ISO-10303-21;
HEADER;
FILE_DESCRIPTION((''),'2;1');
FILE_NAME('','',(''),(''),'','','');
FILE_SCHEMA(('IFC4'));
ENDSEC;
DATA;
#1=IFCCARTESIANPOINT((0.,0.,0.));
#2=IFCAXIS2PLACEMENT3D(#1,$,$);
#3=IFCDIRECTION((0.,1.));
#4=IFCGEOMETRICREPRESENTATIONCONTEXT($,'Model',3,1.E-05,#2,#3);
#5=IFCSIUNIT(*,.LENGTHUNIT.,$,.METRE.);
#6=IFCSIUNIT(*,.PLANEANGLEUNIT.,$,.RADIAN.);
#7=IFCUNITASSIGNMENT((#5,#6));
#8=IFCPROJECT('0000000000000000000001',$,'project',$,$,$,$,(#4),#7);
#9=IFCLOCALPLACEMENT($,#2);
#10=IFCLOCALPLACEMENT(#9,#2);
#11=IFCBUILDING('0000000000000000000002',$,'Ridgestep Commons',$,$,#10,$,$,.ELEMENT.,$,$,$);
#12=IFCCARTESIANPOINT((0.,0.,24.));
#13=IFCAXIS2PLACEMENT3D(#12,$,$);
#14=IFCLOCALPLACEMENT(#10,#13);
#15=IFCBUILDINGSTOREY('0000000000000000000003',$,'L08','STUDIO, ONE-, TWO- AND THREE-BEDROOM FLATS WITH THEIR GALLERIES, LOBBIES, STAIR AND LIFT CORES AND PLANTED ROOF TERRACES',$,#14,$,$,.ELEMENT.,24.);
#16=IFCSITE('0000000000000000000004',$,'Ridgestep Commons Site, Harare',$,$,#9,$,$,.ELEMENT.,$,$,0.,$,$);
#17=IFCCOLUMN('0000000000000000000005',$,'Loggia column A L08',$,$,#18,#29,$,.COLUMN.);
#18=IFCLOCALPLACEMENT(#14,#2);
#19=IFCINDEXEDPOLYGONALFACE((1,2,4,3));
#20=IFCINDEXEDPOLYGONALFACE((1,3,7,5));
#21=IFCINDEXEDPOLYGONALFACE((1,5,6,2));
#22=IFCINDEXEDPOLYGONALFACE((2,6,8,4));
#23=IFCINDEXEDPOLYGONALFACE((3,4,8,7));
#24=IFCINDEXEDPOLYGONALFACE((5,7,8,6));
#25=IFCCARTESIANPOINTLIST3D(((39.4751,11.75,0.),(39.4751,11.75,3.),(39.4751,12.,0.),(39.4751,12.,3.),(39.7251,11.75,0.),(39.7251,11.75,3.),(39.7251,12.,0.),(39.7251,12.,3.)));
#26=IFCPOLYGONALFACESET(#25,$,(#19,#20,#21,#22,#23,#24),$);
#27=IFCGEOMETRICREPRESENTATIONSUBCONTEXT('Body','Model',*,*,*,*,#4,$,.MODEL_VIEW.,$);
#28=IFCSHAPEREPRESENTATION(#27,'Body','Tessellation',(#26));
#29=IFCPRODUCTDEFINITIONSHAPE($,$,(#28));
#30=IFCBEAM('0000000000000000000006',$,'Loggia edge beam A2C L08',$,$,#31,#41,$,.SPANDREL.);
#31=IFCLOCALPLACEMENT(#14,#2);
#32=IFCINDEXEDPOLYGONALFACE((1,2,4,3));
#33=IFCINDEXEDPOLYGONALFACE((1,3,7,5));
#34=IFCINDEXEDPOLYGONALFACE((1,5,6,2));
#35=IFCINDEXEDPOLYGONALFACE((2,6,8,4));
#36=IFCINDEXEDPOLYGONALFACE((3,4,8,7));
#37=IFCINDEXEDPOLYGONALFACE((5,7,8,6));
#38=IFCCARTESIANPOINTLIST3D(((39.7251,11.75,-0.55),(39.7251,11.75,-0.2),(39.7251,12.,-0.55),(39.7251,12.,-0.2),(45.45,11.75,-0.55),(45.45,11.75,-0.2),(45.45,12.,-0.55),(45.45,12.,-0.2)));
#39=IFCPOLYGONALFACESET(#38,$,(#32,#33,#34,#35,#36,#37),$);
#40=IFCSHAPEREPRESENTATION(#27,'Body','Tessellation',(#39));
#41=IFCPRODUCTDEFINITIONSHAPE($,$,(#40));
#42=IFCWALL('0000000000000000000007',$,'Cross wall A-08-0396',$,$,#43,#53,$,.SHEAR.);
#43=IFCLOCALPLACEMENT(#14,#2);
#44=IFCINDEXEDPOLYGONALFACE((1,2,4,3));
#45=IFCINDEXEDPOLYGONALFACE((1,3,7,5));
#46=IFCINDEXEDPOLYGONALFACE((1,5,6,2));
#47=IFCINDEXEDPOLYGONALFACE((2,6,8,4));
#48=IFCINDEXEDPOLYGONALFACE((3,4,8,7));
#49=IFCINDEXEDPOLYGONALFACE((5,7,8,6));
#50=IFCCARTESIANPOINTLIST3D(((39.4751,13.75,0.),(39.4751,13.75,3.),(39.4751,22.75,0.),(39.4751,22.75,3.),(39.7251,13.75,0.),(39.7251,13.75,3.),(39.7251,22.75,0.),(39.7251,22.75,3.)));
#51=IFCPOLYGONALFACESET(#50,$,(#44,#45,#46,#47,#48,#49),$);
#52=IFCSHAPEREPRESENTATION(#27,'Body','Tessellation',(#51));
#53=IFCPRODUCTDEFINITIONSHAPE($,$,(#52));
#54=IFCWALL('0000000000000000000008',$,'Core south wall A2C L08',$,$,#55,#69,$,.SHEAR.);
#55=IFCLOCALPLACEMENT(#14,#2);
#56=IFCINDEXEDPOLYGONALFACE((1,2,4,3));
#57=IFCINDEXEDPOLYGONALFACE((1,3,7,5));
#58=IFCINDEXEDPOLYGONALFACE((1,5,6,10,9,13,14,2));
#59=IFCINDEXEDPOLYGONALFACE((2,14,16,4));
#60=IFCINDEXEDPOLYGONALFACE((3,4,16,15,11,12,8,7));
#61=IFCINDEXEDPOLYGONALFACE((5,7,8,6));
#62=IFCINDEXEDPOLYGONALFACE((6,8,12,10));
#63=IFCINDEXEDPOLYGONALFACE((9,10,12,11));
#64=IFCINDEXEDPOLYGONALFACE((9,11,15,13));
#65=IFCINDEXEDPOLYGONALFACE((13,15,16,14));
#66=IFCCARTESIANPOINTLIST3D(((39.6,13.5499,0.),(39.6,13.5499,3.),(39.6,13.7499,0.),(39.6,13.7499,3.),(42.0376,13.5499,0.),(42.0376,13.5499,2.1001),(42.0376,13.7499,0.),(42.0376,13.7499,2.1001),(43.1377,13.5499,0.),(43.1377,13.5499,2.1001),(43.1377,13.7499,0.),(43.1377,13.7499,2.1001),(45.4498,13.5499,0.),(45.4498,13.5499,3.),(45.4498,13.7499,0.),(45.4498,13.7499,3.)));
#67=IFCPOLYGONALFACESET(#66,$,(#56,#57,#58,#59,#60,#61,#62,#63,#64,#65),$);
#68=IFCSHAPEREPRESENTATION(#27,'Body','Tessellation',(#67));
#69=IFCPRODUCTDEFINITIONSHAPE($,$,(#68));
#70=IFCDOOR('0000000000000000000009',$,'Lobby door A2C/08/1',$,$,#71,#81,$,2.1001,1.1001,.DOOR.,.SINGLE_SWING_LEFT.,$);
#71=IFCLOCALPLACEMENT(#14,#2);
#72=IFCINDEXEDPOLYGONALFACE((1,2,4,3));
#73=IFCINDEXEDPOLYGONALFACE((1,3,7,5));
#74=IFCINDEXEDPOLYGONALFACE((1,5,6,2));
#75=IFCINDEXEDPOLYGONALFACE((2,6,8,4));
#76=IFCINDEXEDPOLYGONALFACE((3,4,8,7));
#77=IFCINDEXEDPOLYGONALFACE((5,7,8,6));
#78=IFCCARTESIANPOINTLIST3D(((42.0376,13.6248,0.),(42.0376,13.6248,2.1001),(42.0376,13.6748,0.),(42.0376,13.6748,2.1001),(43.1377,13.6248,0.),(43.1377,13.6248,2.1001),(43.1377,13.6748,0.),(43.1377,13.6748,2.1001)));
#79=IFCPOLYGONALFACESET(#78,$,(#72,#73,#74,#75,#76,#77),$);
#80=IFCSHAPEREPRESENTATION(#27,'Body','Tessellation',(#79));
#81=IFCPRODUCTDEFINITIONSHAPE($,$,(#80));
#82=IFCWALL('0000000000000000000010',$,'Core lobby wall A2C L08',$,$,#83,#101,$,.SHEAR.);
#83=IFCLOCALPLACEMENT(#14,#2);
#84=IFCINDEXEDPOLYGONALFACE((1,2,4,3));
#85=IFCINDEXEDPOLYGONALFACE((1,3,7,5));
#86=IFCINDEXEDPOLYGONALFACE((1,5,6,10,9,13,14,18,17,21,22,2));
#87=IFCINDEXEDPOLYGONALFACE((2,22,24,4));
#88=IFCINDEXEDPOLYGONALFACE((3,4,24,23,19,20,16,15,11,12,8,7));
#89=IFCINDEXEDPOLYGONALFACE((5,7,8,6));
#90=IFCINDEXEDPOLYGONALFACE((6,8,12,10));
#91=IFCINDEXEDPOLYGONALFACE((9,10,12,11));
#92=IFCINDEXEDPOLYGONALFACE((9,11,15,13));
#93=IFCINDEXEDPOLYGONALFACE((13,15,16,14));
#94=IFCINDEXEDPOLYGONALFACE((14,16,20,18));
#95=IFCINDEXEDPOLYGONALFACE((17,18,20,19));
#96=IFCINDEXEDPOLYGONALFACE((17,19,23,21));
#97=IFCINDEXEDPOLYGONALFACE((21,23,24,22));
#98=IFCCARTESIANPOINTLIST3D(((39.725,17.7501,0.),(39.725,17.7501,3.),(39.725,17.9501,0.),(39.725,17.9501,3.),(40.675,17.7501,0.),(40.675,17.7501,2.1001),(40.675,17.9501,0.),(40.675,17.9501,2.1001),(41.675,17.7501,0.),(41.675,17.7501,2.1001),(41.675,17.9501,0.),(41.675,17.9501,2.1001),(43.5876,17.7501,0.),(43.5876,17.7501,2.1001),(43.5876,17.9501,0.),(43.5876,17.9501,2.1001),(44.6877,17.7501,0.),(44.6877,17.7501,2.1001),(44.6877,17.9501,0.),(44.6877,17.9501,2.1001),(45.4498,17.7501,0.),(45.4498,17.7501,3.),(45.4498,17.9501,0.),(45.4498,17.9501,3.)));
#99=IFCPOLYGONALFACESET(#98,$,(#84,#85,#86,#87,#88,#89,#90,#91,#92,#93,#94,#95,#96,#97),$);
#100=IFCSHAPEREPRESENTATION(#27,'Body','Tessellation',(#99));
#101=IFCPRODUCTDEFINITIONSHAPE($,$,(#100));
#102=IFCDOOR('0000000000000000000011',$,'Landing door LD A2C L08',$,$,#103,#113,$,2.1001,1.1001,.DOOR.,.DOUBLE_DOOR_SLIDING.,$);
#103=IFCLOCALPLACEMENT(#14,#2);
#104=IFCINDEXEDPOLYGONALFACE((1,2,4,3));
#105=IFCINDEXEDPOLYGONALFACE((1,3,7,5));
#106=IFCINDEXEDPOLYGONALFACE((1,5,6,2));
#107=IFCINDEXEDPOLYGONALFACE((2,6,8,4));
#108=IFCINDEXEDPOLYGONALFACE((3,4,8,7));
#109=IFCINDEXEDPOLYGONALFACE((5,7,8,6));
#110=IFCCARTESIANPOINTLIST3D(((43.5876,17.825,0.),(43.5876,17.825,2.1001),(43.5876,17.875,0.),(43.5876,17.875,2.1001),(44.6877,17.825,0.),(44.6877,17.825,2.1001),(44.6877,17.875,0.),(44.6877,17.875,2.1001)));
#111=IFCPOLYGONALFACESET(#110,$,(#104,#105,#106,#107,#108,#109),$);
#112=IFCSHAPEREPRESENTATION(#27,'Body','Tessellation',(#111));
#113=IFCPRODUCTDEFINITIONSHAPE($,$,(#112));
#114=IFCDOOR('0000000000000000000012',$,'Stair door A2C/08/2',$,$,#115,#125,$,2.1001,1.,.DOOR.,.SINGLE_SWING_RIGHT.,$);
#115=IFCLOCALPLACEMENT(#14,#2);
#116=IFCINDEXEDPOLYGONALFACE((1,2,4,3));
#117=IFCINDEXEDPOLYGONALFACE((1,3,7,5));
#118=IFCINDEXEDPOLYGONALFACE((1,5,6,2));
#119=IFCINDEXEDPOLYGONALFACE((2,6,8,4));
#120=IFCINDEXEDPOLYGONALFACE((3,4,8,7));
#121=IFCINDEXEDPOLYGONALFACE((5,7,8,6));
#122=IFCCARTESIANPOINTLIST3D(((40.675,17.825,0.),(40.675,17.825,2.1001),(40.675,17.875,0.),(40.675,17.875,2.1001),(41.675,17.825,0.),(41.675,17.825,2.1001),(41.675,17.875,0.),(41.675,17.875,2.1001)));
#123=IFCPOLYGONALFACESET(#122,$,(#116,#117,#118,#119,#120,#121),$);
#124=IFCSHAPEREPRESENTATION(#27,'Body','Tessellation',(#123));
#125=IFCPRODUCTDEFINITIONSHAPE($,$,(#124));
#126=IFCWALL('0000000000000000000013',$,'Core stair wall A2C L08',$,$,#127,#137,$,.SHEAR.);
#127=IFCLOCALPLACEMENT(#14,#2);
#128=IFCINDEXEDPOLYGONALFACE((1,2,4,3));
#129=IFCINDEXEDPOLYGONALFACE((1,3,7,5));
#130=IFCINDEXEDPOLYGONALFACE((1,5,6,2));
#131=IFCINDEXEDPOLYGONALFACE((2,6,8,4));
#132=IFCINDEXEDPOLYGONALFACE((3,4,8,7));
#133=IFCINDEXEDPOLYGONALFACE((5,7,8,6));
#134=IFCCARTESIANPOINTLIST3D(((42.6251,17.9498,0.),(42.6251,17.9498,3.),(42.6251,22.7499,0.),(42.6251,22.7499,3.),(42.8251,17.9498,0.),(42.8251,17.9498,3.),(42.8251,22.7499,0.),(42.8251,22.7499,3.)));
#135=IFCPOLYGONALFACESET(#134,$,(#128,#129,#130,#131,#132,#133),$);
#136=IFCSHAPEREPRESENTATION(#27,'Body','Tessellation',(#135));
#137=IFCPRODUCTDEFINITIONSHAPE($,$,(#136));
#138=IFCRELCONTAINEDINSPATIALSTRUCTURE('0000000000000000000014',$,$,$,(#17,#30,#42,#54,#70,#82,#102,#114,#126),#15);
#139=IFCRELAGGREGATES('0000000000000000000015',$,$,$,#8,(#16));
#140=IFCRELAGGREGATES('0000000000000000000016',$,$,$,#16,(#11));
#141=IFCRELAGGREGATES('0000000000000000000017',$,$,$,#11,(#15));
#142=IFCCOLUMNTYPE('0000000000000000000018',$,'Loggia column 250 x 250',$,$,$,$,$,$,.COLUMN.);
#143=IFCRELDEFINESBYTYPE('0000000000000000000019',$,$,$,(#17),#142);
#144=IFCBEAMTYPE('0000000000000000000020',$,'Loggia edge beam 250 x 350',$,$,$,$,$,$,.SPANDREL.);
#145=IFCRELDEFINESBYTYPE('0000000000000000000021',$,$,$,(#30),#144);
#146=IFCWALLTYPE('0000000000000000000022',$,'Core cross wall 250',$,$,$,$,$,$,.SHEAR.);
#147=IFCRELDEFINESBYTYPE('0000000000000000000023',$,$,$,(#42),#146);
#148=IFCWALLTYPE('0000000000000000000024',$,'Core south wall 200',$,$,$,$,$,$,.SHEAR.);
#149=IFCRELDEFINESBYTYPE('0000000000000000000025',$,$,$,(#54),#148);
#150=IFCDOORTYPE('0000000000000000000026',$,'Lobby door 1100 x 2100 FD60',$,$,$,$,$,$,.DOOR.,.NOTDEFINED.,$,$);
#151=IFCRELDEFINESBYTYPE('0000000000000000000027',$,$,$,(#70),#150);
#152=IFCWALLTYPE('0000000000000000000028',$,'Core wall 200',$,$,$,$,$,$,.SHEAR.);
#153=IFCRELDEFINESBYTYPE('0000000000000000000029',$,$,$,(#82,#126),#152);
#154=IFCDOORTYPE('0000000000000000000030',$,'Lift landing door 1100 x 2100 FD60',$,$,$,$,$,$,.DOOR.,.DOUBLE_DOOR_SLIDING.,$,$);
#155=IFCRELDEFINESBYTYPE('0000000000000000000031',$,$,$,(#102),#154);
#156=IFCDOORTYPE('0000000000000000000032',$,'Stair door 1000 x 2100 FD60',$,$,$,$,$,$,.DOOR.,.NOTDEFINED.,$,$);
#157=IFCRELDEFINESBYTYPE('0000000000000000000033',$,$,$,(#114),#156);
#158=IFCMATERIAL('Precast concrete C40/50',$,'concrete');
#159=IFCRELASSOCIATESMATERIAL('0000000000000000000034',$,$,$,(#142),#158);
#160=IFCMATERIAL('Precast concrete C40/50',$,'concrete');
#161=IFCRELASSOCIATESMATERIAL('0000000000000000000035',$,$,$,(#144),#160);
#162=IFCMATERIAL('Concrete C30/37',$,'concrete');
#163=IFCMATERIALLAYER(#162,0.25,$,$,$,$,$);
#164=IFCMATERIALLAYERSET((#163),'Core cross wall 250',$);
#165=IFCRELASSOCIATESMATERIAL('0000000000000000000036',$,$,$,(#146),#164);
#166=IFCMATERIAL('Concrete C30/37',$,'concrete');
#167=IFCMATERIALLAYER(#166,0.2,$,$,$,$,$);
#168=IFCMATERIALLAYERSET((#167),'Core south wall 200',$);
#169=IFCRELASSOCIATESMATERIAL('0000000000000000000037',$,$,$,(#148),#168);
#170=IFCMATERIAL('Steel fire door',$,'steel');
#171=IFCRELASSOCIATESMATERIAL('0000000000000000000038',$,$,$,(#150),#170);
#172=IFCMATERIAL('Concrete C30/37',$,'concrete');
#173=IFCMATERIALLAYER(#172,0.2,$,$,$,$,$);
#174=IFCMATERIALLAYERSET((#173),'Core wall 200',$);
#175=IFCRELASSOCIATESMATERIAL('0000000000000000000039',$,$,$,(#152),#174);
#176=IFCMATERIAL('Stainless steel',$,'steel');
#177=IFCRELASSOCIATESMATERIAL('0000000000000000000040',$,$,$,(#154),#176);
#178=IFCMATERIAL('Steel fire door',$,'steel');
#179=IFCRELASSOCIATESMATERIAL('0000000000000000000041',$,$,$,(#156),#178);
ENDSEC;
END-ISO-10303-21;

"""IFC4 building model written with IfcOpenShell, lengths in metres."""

from ifc_helpers import new_model, si_unit, direction, frame, frame_2d, origin, origin_2d, place, context, subcontext, project, spatial, rectangle, extrude, material, layer, layer_set, material_profile, profile_set, type_object, element, fill, save


model = new_model("IFC4")

# Units and contexts
model_context = context("Model", 3, precision=1e-05, world=origin(), true_north=direction((0.0, 1.0)))
body_context = subcontext(model_context, "Body", "Model", "MODEL_VIEW")
ifc_project = project(units=[si_unit("LENGTHUNIT", "METRE"), si_unit("PLANEANGLEUNIT", "RADIAN")], contexts=[model_context])

# Site, building, storey
site_placement = place(None, origin())
site = spatial("IfcSite", under=ifc_project, at=site_placement, Name="Ridgestep Commons Site, Harare", CompositionType="ELEMENT", RefElevation=0.0)
building_placement = place(site_placement, origin())
building = spatial("IfcBuilding", under=site, at=building_placement, Name="Ridgestep Commons", CompositionType="ELEMENT")
storey_placement = place(building_placement, frame((0.0, 0.0, 24.0)))
storey = spatial("IfcBuildingStorey", under=building, at=storey_placement, Name="L08", Description="STUDIO, ONE-, TWO- AND THREE-BEDROOM FLATS WITH THEIR GALLERIES, LOBBIES, STAIR AND LIFT CORES AND PLANTED ROOF TERRACES", CompositionType="ELEMENT", Elevation=24.0)

# Column
ifc_material_1 = material(Name="Precast concrete C40/50", Category="concrete")
ifc_material_profile_1 = material_profile(ifc_material_1, rectangle(XDim=0.25, YDim=0.25, at=origin_2d()), Name="PC 250x250")
ifc_profile_set_1 = profile_set([ifc_material_profile_1], Name="Precast concrete C40/50")
column_type = type_object("IfcColumnType", Name="Loggia column 250 x 250", PredefinedType="COLUMN", material=ifc_profile_set_1)
column_placement = place(storey_placement, frame((39.6001, 11.875, 0.0), z_axis=(0.0, 0.0, 1.0), x_axis=(1.0, 0.0, 0.0)))
element("IfcColumn", 1, at=column_placement, inside=storey, type_object=column_type, Name="Loggia column A L08", PredefinedType="COLUMN", context=body_context, shape_type="SweptSolid", body=[
    extrude(rectangle(XDim=0.25, YDim=0.25, at=origin_2d()), origin(), (0.0, 0.0, 1.0), 3.0),
])

# Beam
ifc_material_2 = material(Name="Precast concrete C40/50", Category="concrete")
ifc_material_profile_2 = material_profile(ifc_material_2, rectangle(XDim=0.25, YDim=0.3501, at=origin_2d()), Name="PC 250x350")
ifc_profile_set_2 = profile_set([ifc_material_profile_2], Name="Precast concrete C40/50")
beam_type = type_object("IfcBeamType", Name="Loggia edge beam 250 x 350", PredefinedType="SPANDREL", material=ifc_profile_set_2)
beam_placement = place(storey_placement, frame((39.7251, 11.875, -0.375), z_axis=(1.0, 0.0, 0.0), x_axis=(0.0, 1.0, 0.0)))
element("IfcBeam", 2, at=beam_placement, inside=storey, type_object=beam_type, Name="Loggia edge beam A2C L08", PredefinedType="SPANDREL", context=body_context, shape_type="SweptSolid", body=[
    extrude(rectangle(XDim=0.25, YDim=0.3501, at=origin_2d()), origin(), (0.0, 0.0, 1.0), 5.7249),
])

# Wall
ifc_material_3 = material(Name="Concrete C30/37", Category="concrete")
ifc_layer_1 = layer(ifc_material_3, 0.25)
ifc_layer_set_1 = layer_set([ifc_layer_1], Name="Core cross wall 250")
wall_type_1 = type_object("IfcWallType", Name="Core cross wall 250", PredefinedType="SHEAR", material=ifc_layer_set_1)
wall_1_placement = place(storey_placement, frame((39.6001, 13.75, 0.0), z_axis=(0.0, 0.0, 1.0), x_axis=(0.0, 1.0, 0.0)))
element("IfcWall", 3, at=wall_1_placement, inside=storey, type_object=wall_type_1, Name="Cross wall A-08-0396", PredefinedType="SHEAR", context=body_context, shape_type="SweptSolid", body=[
    extrude(rectangle(XDim=9.0, YDim=0.25, at=frame_2d((4.5, 0.0))), origin(), (0.0, 0.0, 1.0), 3.0),
])

# Wall, opening, door
ifc_material_4 = material(Name="Concrete C30/37", Category="concrete")
ifc_layer_2 = layer(ifc_material_4, 0.2)
ifc_layer_set_2 = layer_set([ifc_layer_2], Name="Core south wall 200")
wall_type_2 = type_object("IfcWallType", Name="Core south wall 200", PredefinedType="SHEAR", material=ifc_layer_set_2)
wall_2_placement = place(storey_placement, frame((39.6001, 13.6499, 0.0), z_axis=(0.0, 0.0, 1.0), x_axis=(1.0, 0.0, 0.0)))
wall_2 = element("IfcWall", 4, at=wall_2_placement, inside=storey, type_object=wall_type_2, Name="Core south wall A2C L08", PredefinedType="SHEAR", context=body_context, shape_type="SweptSolid", body=[
    extrude(rectangle(XDim=5.8499, YDim=0.2, at=frame_2d((2.9248, 0.0))), origin(), (0.0, 0.0, 1.0), 3.0),
])
opening_1_placement = place(wall_2_placement, frame((2.4375, 0.0, 0.0)))
opening_1 = element("IfcOpeningElement", 5, at=opening_1_placement, cuts=wall_2, PredefinedType="OPENING", context=body_context, shape_type="SweptSolid", body=[
    extrude(rectangle(XDim=1.1001, YDim=2.1001, at=frame_2d((0.55, 1.05))), frame((0.0, 0.1099, 0.0), z_axis=(0.0, -1.0, 0.0), x_axis=(1.0, 0.0, 0.0)), (0.0, 0.0, 1.0), 0.22),
])
ifc_material_5 = material(Name="Steel fire door", Category="steel")
door_type_1 = type_object("IfcDoorType", Name="Lobby door 1100 x 2100 FD60", OperationType="NOTDEFINED", PredefinedType="DOOR", material=ifc_material_5)
door_1_placement = place(opening_1_placement, origin())
door_1 = element("IfcDoor", 6, at=door_1_placement, inside=storey, type_object=door_type_1, Name="Lobby door A2C/08/1", OperationType="SINGLE_SWING_LEFT", OverallHeight=2.1001, OverallWidth=1.1001, PredefinedType="DOOR", context=body_context, shape_type="SweptSolid", body=[
    extrude(rectangle(XDim=1.1001, YDim=2.1001, at=frame_2d((0.55, 1.05))), frame((0.0, 0.0249, 0.0), z_axis=(0.0, -1.0, 0.0), x_axis=(1.0, 0.0, 0.0)), (0.0, 0.0, 1.0), 0.05),
])
fill(opening_1, door_1)

# Wall, openings, doors
ifc_material_6 = material(Name="Concrete C30/37", Category="concrete")
ifc_layer_3 = layer(ifc_material_6, 0.2)
ifc_layer_set_3 = layer_set([ifc_layer_3], Name="Core wall 200")
wall_type_3 = type_object("IfcWallType", Name="Core wall 200", PredefinedType="SHEAR", material=ifc_layer_set_3)
wall_3_placement = place(storey_placement, frame((39.7251, 17.8501, 0.0), z_axis=(0.0, 0.0, 1.0), x_axis=(1.0, 0.0, 0.0)))
wall_3 = element("IfcWall", 7, at=wall_3_placement, inside=storey, type_object=wall_type_3, Name="Core lobby wall A2C L08", PredefinedType="SHEAR", context=body_context, shape_type="SweptSolid", body=[
    extrude(rectangle(XDim=5.7249, YDim=0.2, at=frame_2d((2.8623, 0.0))), origin(), (0.0, 0.0, 1.0), 3.0),
])
opening_2_placement = place(wall_3_placement, frame((0.95, 0.0, 0.0)))
opening_2 = element("IfcOpeningElement", 8, at=opening_2_placement, cuts=wall_3, PredefinedType="OPENING", context=body_context, shape_type="SweptSolid", body=[
    extrude(rectangle(XDim=1.0, YDim=2.1001, at=frame_2d((0.5, 1.05))), frame((0.0, 0.1099, 0.0), z_axis=(0.0, -1.0, 0.0), x_axis=(1.0, 0.0, 0.0)), (0.0, 0.0, 1.0), 0.22),
])
opening_3_placement = place(wall_3_placement, frame((3.8625, 0.0, 0.0)))
opening_3 = element("IfcOpeningElement", 9, at=opening_3_placement, cuts=wall_3, PredefinedType="OPENING", context=body_context, shape_type="SweptSolid", body=[
    extrude(rectangle(XDim=1.1001, YDim=2.1001, at=frame_2d((0.55, 1.05))), frame((0.0, 0.1099, 0.0), z_axis=(0.0, -1.0, 0.0), x_axis=(1.0, 0.0, 0.0)), (0.0, 0.0, 1.0), 0.22),
])
ifc_material_7 = material(Name="Stainless steel", Category="steel")
door_type_2 = type_object("IfcDoorType", Name="Lift landing door 1100 x 2100 FD60", OperationType="DOUBLE_DOOR_SLIDING", PredefinedType="DOOR", material=ifc_material_7)
door_2_placement = place(opening_3_placement, origin())
door_2 = element("IfcDoor", 10, at=door_2_placement, inside=storey, type_object=door_type_2, Name="Landing door LD A2C L08", OperationType="DOUBLE_DOOR_SLIDING", OverallHeight=2.1001, OverallWidth=1.1001, PredefinedType="DOOR", context=body_context, shape_type="SweptSolid", body=[
    extrude(rectangle(XDim=1.1001, YDim=2.1001, at=frame_2d((0.55, 1.05))), frame((0.0, 0.0249, 0.0), z_axis=(0.0, -1.0, 0.0), x_axis=(1.0, 0.0, 0.0)), (0.0, 0.0, 1.0), 0.05),
])
fill(opening_3, door_2)
ifc_material_8 = material(Name="Steel fire door", Category="steel")
door_type_3 = type_object("IfcDoorType", Name="Stair door 1000 x 2100 FD60", OperationType="NOTDEFINED", PredefinedType="DOOR", material=ifc_material_8)
door_3_placement = place(opening_2_placement, origin())
door_3 = element("IfcDoor", 11, at=door_3_placement, inside=storey, type_object=door_type_3, Name="Stair door A2C/08/2", OperationType="SINGLE_SWING_RIGHT", OverallHeight=2.1001, OverallWidth=1.0, PredefinedType="DOOR", context=body_context, shape_type="SweptSolid", body=[
    extrude(rectangle(XDim=1.0, YDim=2.1001, at=frame_2d((0.5, 1.05))), frame((0.0, 0.0249, 0.0), z_axis=(0.0, -1.0, 0.0), x_axis=(1.0, 0.0, 0.0)), (0.0, 0.0, 1.0), 0.05),
])
fill(opening_2, door_3)

# Wall
wall_4_placement = place(storey_placement, frame((42.7251, 17.95, 0.0), z_axis=(0.0, 0.0, 1.0), x_axis=(0.0, 1.0, 0.0)))
element("IfcWall", 12, at=wall_4_placement, inside=storey, type_object=wall_type_3, Name="Core stair wall A2C L08", PredefinedType="SHEAR", context=body_context, shape_type="SweptSolid", body=[
    extrude(rectangle(XDim=4.8, YDim=0.2, at=frame_2d((2.3999, 0.0))), origin(), (0.0, 0.0, 1.0), 3.0),
])

save(model, "model.ifc")
